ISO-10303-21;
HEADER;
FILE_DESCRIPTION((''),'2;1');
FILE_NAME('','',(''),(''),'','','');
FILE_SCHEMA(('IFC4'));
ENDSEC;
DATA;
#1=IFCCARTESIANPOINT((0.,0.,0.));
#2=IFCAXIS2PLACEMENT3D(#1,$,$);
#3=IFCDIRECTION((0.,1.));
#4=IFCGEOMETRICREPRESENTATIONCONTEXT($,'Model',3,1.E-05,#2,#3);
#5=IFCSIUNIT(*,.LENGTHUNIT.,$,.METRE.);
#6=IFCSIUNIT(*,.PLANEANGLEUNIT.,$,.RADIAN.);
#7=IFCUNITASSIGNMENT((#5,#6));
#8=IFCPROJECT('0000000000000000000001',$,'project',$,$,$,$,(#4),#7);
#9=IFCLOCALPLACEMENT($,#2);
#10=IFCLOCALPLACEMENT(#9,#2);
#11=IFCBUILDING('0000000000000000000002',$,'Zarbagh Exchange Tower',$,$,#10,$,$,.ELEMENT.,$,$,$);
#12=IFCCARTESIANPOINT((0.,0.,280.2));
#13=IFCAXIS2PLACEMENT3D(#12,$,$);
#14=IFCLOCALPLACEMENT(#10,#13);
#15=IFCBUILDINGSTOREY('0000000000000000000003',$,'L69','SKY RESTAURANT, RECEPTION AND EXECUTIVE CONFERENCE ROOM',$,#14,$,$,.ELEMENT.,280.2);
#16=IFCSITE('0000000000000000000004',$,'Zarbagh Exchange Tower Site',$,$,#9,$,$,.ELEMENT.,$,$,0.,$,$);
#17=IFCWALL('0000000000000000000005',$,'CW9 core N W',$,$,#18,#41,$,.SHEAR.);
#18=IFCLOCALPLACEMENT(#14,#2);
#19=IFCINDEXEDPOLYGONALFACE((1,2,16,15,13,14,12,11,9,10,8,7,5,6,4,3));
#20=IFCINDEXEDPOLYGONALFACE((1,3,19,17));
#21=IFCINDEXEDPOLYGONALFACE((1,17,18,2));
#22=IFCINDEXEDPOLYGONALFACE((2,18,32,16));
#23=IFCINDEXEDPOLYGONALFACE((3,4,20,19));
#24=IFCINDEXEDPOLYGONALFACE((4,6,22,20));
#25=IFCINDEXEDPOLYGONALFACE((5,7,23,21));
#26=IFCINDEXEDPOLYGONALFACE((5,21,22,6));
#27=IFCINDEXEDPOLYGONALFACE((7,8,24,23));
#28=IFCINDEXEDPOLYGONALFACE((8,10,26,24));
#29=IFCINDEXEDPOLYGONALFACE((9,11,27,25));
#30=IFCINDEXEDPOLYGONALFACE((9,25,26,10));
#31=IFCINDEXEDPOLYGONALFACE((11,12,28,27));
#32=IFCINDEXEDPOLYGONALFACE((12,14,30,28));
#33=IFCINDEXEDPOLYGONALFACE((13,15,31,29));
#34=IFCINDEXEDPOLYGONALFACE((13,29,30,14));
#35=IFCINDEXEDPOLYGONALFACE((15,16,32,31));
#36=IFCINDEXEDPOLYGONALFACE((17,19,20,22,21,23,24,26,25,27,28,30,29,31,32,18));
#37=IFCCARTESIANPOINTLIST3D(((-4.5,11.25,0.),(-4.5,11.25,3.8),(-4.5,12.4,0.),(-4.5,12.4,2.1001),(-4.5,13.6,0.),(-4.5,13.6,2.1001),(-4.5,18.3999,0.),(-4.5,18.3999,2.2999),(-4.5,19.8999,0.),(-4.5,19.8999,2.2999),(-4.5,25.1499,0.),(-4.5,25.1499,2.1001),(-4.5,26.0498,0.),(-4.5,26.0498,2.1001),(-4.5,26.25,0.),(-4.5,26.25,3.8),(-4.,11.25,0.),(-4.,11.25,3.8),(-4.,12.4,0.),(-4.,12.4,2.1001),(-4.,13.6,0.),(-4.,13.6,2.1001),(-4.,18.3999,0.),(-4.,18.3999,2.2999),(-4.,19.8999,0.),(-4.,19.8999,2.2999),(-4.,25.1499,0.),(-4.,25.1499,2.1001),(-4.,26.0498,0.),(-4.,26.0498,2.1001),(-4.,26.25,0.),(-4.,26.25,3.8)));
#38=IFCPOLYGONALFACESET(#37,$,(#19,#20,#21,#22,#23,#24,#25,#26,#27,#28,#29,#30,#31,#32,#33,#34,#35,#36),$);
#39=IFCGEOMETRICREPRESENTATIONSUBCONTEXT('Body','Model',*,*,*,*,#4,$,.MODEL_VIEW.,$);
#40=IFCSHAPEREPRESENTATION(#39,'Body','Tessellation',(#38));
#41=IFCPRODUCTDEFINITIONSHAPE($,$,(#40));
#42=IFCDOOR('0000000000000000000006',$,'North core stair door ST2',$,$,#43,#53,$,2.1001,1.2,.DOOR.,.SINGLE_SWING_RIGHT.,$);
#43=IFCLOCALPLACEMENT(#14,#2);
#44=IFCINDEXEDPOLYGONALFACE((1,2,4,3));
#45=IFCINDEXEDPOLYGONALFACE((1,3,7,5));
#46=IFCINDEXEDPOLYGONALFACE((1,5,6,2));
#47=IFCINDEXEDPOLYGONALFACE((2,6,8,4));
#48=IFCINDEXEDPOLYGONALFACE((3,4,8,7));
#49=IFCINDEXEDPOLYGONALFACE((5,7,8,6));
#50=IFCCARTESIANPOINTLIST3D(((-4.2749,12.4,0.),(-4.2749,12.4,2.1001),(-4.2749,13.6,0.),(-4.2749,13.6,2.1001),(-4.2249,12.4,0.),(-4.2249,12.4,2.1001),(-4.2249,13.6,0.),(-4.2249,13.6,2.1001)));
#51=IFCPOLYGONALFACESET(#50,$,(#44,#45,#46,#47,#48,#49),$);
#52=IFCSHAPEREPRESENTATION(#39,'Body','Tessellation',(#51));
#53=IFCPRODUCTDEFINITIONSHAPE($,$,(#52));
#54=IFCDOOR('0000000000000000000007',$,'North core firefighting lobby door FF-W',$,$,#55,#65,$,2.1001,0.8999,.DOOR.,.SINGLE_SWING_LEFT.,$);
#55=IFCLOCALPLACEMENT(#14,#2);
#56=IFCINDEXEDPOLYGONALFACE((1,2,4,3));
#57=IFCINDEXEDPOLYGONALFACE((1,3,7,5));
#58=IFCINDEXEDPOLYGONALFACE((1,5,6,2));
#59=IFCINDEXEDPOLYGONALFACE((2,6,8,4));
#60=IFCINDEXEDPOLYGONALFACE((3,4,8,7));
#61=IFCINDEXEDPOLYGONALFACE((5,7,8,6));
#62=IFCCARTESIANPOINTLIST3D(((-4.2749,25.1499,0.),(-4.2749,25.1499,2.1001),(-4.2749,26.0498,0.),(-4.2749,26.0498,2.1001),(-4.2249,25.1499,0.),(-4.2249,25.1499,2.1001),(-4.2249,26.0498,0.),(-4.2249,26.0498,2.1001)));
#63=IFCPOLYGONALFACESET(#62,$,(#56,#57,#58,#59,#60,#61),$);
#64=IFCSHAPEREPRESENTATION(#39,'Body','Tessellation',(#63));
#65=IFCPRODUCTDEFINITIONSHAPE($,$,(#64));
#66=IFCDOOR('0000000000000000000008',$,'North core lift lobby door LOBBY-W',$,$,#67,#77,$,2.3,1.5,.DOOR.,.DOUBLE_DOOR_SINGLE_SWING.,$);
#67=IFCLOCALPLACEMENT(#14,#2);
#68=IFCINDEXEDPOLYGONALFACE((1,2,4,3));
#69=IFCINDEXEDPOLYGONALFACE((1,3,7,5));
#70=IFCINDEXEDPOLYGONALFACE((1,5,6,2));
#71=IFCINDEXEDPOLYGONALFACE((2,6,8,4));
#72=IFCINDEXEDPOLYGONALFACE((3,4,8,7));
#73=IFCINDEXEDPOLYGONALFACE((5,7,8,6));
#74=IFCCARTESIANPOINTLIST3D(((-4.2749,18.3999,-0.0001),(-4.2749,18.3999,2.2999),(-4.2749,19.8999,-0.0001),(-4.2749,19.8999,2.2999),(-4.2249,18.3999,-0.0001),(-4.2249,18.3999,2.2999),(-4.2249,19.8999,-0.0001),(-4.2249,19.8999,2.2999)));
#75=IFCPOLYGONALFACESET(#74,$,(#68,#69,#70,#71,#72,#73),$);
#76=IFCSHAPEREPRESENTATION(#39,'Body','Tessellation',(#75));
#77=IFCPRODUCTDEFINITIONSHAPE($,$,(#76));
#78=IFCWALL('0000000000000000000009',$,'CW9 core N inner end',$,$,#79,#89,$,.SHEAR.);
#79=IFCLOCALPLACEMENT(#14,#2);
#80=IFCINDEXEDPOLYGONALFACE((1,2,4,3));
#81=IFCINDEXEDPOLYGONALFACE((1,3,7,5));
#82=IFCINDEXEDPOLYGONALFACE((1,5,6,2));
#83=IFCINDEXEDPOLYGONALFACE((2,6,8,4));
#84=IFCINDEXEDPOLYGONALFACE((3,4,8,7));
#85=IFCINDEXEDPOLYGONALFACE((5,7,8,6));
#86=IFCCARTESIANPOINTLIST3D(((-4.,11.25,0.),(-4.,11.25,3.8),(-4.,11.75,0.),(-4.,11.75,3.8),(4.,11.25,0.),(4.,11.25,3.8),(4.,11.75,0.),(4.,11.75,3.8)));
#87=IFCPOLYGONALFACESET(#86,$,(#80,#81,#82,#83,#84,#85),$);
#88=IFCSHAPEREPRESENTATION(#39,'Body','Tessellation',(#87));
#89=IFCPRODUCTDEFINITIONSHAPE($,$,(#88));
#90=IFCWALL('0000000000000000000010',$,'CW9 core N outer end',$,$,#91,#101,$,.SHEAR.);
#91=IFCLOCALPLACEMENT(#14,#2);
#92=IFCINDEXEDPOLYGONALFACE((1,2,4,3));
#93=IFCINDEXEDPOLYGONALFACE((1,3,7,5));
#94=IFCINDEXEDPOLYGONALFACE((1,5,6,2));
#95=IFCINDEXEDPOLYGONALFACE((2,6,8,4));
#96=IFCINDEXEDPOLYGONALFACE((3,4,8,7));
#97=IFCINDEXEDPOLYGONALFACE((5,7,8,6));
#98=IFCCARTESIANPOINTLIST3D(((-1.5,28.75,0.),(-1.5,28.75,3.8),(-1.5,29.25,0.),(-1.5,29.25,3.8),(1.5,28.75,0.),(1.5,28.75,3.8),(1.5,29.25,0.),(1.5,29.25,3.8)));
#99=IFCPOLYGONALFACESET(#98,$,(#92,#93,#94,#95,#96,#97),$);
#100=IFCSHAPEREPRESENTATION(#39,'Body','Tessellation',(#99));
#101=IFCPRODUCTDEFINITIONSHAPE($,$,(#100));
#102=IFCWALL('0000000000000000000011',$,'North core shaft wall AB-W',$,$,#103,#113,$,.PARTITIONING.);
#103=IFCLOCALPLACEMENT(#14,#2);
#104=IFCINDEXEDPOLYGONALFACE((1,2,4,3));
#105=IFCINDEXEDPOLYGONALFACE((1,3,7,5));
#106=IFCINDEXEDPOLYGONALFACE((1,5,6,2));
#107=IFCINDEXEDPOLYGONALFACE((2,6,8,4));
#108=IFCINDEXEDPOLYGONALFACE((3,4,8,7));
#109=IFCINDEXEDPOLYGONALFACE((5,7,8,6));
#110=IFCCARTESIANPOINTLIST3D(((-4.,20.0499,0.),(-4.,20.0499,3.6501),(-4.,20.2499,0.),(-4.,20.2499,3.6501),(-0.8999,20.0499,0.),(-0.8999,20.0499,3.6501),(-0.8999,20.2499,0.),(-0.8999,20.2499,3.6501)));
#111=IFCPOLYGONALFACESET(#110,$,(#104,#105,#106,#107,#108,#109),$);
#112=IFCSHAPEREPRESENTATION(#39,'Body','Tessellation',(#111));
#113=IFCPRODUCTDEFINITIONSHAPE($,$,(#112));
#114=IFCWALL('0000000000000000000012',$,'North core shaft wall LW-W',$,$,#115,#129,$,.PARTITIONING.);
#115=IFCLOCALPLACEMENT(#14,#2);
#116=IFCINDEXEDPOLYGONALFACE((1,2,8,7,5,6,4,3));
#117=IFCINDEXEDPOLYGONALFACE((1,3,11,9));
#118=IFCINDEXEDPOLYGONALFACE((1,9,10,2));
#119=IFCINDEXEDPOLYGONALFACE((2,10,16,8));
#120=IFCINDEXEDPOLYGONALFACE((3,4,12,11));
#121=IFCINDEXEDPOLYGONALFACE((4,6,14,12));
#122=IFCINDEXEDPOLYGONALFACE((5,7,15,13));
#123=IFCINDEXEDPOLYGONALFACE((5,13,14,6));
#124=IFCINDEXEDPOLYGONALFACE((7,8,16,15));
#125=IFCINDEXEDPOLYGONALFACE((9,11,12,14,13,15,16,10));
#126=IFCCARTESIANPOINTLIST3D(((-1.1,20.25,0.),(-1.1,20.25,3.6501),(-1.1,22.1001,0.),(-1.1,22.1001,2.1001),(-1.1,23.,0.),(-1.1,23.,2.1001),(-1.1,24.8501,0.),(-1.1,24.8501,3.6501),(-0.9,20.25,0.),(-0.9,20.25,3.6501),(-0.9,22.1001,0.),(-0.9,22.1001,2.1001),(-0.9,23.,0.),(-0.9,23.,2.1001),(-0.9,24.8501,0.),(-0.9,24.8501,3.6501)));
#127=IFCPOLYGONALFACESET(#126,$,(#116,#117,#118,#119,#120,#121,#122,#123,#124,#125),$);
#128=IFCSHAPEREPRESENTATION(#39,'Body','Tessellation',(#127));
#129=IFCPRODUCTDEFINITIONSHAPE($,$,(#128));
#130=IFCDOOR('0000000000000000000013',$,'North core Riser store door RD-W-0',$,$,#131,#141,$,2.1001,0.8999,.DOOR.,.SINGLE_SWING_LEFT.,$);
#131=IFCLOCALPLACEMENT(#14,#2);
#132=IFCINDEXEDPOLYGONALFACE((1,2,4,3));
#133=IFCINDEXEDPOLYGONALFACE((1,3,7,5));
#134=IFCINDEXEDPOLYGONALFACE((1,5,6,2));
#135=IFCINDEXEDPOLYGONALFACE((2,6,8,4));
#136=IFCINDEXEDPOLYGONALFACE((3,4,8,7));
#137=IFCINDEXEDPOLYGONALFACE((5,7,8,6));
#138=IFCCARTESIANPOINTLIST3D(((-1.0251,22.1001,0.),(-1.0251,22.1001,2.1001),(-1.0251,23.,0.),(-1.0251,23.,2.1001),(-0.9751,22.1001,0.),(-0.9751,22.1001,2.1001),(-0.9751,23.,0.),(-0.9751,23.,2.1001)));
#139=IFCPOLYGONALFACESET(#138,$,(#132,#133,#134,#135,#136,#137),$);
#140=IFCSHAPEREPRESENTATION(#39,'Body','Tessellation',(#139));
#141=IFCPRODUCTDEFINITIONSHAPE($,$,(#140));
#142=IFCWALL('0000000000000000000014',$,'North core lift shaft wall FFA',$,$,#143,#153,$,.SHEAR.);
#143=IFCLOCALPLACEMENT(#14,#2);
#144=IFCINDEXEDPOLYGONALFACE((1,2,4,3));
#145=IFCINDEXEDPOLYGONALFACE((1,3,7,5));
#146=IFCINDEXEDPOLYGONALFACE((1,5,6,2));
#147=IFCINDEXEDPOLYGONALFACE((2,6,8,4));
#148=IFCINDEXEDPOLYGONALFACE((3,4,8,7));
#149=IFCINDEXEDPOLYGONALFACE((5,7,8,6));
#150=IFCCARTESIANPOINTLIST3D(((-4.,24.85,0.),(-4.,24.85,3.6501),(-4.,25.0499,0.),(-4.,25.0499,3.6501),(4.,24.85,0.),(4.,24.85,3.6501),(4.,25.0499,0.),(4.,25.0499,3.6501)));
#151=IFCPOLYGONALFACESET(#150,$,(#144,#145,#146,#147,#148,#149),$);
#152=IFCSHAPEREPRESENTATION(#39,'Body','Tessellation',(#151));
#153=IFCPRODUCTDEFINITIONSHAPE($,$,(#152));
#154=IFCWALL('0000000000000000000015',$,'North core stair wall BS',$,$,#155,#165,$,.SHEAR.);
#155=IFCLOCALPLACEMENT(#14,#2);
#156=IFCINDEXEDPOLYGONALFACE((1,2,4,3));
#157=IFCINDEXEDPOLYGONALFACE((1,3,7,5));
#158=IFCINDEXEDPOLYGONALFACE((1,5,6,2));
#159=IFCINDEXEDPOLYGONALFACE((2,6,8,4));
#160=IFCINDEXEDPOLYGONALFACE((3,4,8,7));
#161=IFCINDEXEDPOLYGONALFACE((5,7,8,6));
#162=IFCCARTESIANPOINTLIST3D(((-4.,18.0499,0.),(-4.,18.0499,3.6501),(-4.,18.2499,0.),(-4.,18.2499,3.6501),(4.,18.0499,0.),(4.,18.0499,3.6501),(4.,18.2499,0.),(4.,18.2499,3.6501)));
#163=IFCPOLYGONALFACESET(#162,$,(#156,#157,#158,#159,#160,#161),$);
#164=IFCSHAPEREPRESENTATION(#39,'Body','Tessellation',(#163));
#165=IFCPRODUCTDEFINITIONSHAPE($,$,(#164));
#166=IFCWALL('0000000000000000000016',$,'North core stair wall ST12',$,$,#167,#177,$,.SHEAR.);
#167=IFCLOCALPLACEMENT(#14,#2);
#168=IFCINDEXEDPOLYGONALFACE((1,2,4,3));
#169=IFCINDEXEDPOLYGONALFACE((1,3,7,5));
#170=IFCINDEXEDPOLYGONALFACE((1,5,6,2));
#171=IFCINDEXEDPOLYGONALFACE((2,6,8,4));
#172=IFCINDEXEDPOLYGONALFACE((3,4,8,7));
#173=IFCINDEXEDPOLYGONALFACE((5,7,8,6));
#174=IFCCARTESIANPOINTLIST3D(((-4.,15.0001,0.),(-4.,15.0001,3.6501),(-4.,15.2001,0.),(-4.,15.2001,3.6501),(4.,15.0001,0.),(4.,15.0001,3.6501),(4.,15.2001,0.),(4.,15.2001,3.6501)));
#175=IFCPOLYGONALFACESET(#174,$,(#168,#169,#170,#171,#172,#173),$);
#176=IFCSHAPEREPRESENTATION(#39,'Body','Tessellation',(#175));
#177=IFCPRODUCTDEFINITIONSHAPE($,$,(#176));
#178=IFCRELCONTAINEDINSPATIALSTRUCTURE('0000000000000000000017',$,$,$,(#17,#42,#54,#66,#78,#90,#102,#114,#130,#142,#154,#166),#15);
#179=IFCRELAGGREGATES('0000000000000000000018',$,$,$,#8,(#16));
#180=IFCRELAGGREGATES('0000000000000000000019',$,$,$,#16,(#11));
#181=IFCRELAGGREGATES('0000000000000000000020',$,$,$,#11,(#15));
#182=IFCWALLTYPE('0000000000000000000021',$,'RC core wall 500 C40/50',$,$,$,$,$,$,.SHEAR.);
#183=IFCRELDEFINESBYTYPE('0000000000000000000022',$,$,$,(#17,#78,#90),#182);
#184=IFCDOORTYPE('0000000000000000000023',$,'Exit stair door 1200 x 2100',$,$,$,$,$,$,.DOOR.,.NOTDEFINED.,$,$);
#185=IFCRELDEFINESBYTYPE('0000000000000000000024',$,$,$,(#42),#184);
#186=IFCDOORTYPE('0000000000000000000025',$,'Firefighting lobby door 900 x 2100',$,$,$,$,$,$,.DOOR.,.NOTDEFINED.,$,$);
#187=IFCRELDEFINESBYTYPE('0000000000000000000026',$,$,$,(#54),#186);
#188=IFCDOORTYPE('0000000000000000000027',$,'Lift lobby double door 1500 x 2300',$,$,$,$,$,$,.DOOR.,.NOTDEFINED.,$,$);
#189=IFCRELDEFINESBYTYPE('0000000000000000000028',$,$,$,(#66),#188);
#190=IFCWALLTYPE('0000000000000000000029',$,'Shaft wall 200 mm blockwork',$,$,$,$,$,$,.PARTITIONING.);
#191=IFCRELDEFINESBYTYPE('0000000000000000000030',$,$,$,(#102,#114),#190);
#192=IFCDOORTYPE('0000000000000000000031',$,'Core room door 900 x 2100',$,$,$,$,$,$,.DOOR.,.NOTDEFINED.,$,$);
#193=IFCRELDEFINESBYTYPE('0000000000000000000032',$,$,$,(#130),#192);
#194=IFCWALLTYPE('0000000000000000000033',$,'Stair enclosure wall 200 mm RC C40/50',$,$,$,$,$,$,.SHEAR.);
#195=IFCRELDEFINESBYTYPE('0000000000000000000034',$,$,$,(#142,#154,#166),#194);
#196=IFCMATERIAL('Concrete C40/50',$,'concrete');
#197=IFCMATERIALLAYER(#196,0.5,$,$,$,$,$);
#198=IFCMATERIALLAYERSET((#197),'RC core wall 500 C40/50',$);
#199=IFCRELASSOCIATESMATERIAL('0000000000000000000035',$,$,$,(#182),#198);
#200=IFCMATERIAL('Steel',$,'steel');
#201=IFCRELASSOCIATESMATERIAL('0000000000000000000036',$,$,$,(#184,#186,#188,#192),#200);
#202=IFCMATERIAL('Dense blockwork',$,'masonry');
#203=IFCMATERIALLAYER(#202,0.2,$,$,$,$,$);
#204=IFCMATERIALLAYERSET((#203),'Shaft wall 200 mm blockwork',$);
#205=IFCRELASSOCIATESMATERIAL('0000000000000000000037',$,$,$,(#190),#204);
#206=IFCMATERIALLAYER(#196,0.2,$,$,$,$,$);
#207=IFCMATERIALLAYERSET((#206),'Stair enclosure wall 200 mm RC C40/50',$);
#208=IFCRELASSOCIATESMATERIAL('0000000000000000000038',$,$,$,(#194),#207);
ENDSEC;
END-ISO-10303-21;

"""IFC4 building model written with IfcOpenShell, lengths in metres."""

from ifc_helpers import new_model, si_unit, direction, frame, frame_2d, origin, place, context, subcontext, project, spatial, rectangle, extrude, material, layer, layer_set, type_object, element, fill, save


model = new_model("IFC4")

# Units and contexts
model_context = context("Model", 3, precision=1e-05, world=origin(), true_north=direction((0.0, 1.0)))
body_context = subcontext(model_context, "Body", "Model", "MODEL_VIEW")
ifc_project = project(units=[si_unit("LENGTHUNIT", "METRE"), si_unit("PLANEANGLEUNIT", "RADIAN")], contexts=[model_context])

# Site, building, storey
site_placement = place(None, origin())
site = spatial("IfcSite", under=ifc_project, at=site_placement, Name="Zarbagh Exchange Tower Site", CompositionType="ELEMENT", RefElevation=0.0)
building_placement = place(site_placement, origin())
building = spatial("IfcBuilding", under=site, at=building_placement, Name="Zarbagh Exchange Tower", CompositionType="ELEMENT")
storey_placement = place(building_placement, frame((0.0, 0.0, 280.2)))
storey = spatial("IfcBuildingStorey", under=building, at=storey_placement, Name="L69", Description="SKY RESTAURANT, RECEPTION AND EXECUTIVE CONFERENCE ROOM", CompositionType="ELEMENT", Elevation=280.2)

# Shared definitions
ifc_material_1 = material(Name="Concrete C40/50", Category="concrete")

# Wall, openings, doors
ifc_layer_1 = layer(ifc_material_1, 0.5)
ifc_layer_set_1 = layer_set([ifc_layer_1], Name="RC core wall 500 C40/50")
wall_type_1 = type_object("IfcWallType", Name="RC core wall 500 C40/50", PredefinedType="SHEAR", material=ifc_layer_set_1)
wall_1_placement = place(storey_placement, frame((-4.25, 11.25, 0.0), z_axis=(0.0, 0.0, 1.0), x_axis=(0.0, 1.0, 0.0)))
wall_1 = element("IfcWall", 1, at=wall_1_placement, inside=storey, type_object=wall_type_1, Name="CW9 core N W", PredefinedType="SHEAR", context=body_context, shape_type="SweptSolid", body=[
    extrude(rectangle(XDim=15.0, YDim=0.5, at=frame_2d((7.5, 0.0))), origin(), (0.0, 0.0, 1.0), 3.8),
])
opening_1_placement = place(wall_1_placement, frame((7.1499, 0.0, 0.0)))
opening_1 = element("IfcOpeningElement", 2, at=opening_1_placement, cuts=wall_1, PredefinedType="OPENING", context=body_context, shape_type="SweptSolid", body=[
    extrude(rectangle(XDim=1.5, YDim=2.3, at=frame_2d((0.75, 1.1499))), frame((0.0, 0.26, 0.0), z_axis=(0.0, -1.0, 0.0), x_axis=(1.0, 0.0, 0.0)), (0.0, 0.0, 1.0), 0.52),
])
opening_2_placement = place(wall_1_placement, frame((13.8999, 0.0, 0.0)))
opening_2 = element("IfcOpeningElement", 3, at=opening_2_placement, cuts=wall_1, PredefinedType="OPENING", context=body_context, shape_type="SweptSolid", body=[
    extrude(rectangle(XDim=0.8999, YDim=2.1001, at=frame_2d((0.45, 1.05))), frame((0.0, 0.26, 0.0), z_axis=(0.0, -1.0, 0.0), x_axis=(1.0, 0.0, 0.0)), (0.0, 0.0, 1.0), 0.52),
])
opening_3_placement = place(wall_1_placement, frame((1.1499, 0.0, 0.0)))
opening_3 = element("IfcOpeningElement", 4, at=opening_3_placement, cuts=wall_1, PredefinedType="OPENING", context=body_context, shape_type="SweptSolid", body=[
    extrude(rectangle(XDim=1.2, YDim=2.1001, at=frame_2d((0.6001, 1.05))), frame((0.0, 0.26, 0.0), z_axis=(0.0, -1.0, 0.0), x_axis=(1.0, 0.0, 0.0)), (0.0, 0.0, 1.0), 0.52),
])
ifc_material_2 = material(Name="Steel", Category="steel")
door_type_1 = type_object("IfcDoorType", Name="Exit stair door 1200 x 2100", OperationType="NOTDEFINED", PredefinedType="DOOR", material=ifc_material_2)
door_1_placement = place(opening_3_placement, origin())
door_1 = element("IfcDoor", 5, at=door_1_placement, inside=storey, type_object=door_type_1, Name="North core stair door ST2", OperationType="SINGLE_SWING_RIGHT", OverallHeight=2.1001, OverallWidth=1.2, PredefinedType="DOOR", context=body_context, shape_type="SweptSolid", body=[
    extrude(rectangle(XDim=1.2, YDim=2.1001, at=frame_2d((0.6001, 1.05))), frame((0.0, 0.0249, 0.0), z_axis=(0.0, -1.0, 0.0), x_axis=(1.0, 0.0, 0.0)), (0.0, 0.0, 1.0), 0.05),
])
fill(opening_3, door_1)
door_type_2 = type_object("IfcDoorType", Name="Firefighting lobby door 900 x 2100", OperationType="NOTDEFINED", PredefinedType="DOOR", material=ifc_material_2)
door_2_placement = place(opening_2_placement, origin())
door_2 = element("IfcDoor", 6, at=door_2_placement, inside=storey, type_object=door_type_2, Name="North core firefighting lobby door FF-W", OperationType="SINGLE_SWING_LEFT", OverallHeight=2.1001, OverallWidth=0.8999, PredefinedType="DOOR", context=body_context, shape_type="SweptSolid", body=[
    extrude(rectangle(XDim=0.8999, YDim=2.1001, at=frame_2d((0.45, 1.05))), frame((0.0, 0.0249, 0.0), z_axis=(0.0, -1.0, 0.0), x_axis=(1.0, 0.0, 0.0)), (0.0, 0.0, 1.0), 0.05),
])
fill(opening_2, door_2)
door_type_3 = type_object("IfcDoorType", Name="Lift lobby double door 1500 x 2300", OperationType="NOTDEFINED", PredefinedType="DOOR", material=ifc_material_2)
door_3_placement = place(opening_1_placement, origin())
door_3 = element("IfcDoor", 7, at=door_3_placement, inside=storey, type_object=door_type_3, Name="North core lift lobby door LOBBY-W", OperationType="DOUBLE_DOOR_SINGLE_SWING", OverallHeight=2.3, OverallWidth=1.5, PredefinedType="DOOR", context=body_context, shape_type="SweptSolid", body=[
    extrude(rectangle(XDim=1.5, YDim=2.3, at=frame_2d((0.75, 1.1499))), frame((0.0, 0.0249, 0.0), z_axis=(0.0, -1.0, 0.0), x_axis=(1.0, 0.0, 0.0)), (0.0, 0.0, 1.0), 0.05),
])
fill(opening_1, door_3)

# Walls
wall_2_placement = place(storey_placement, frame((-4.0, 11.5, 0.0), z_axis=(0.0, 0.0, 1.0), x_axis=(1.0, 0.0, 0.0)))
element("IfcWall", 8, at=wall_2_placement, inside=storey, type_object=wall_type_1, Name="CW9 core N inner end", PredefinedType="SHEAR", context=body_context, shape_type="SweptSolid", body=[
    extrude(rectangle(XDim=8.0, YDim=0.5, at=frame_2d((4.0, 0.0))), origin(), (0.0, 0.0, 1.0), 3.8),
])
wall_3_placement = place(storey_placement, frame((-1.5, 29.0, 0.0), z_axis=(0.0, 0.0, 1.0), x_axis=(1.0, 0.0, 0.0)))
element("IfcWall", 9, at=wall_3_placement, inside=storey, type_object=wall_type_1, Name="CW9 core N outer end", PredefinedType="SHEAR", context=body_context, shape_type="SweptSolid", body=[
    extrude(rectangle(XDim=3.0, YDim=0.5, at=frame_2d((1.5, 0.0))), origin(), (0.0, 0.0, 1.0), 3.8),
])
ifc_material_3 = material(Name="Dense blockwork", Category="masonry")
ifc_layer_2 = layer(ifc_material_3, 0.2)
ifc_layer_set_2 = layer_set([ifc_layer_2], Name="Shaft wall 200 mm blockwork")
wall_type_2 = type_object("IfcWallType", Name="Shaft wall 200 mm blockwork", PredefinedType="PARTITIONING", material=ifc_layer_set_2)
wall_4_placement = place(storey_placement, frame((-4.0, 20.1499, 0.0), z_axis=(0.0, 0.0, 1.0), x_axis=(1.0, 0.0, 0.0)))
element("IfcWall", 10, at=wall_4_placement, inside=storey, type_object=wall_type_2, Name="North core shaft wall AB-W", PredefinedType="PARTITIONING", context=body_context, shape_type="SweptSolid", body=[
    extrude(rectangle(XDim=3.1001, YDim=0.2, at=frame_2d((1.55, 0.0))), origin(), (0.0, 0.0, 1.0), 3.6501),
])

# Wall, opening, door
wall_5_placement = place(storey_placement, frame((-1.0, 24.8501, 0.0), z_axis=(0.0, 0.0, 1.0), x_axis=(0.0, -1.0, 0.0)))
wall_5 = element("IfcWall", 11, at=wall_5_placement, inside=storey, type_object=wall_type_2, Name="North core shaft wall LW-W", PredefinedType="PARTITIONING", context=body_context, shape_type="SweptSolid", body=[
    extrude(rectangle(XDim=4.6001, YDim=0.2, at=frame_2d((2.3, 0.0))), origin(), (0.0, 0.0, 1.0), 3.6501),
])
opening_4_placement = place(wall_5_placement, frame((1.8501, 0.0, 0.0)))
opening_4 = element("IfcOpeningElement", 12, at=opening_4_placement, cuts=wall_5, PredefinedType="OPENING", context=body_context, shape_type="SweptSolid", body=[
    extrude(rectangle(XDim=0.8999, YDim=2.1001, at=frame_2d((0.45, 1.05))), frame((0.0, 0.1099, 0.0), z_axis=(0.0, -1.0, 0.0), x_axis=(1.0, 0.0, 0.0)), (0.0, 0.0, 1.0), 0.22),
])
door_type_4 = type_object("IfcDoorType", Name="Core room door 900 x 2100", OperationType="NOTDEFINED", PredefinedType="DOOR", material=ifc_material_2)
door_4_placement = place(opening_4_placement, origin())
door_4 = element("IfcDoor", 13, at=door_4_placement, inside=storey, type_object=door_type_4, Name="North core Riser store door RD-W-0", OperationType="SINGLE_SWING_LEFT", OverallHeight=2.1001, OverallWidth=0.8999, PredefinedType="DOOR", context=body_context, shape_type="SweptSolid", body=[
    extrude(rectangle(XDim=0.8999, YDim=2.1001, at=frame_2d((0.45, 1.05))), frame((0.0, 0.0249, 0.0), z_axis=(0.0, -1.0, 0.0), x_axis=(1.0, 0.0, 0.0)), (0.0, 0.0, 1.0), 0.05),
])
fill(opening_4, door_4)

# Walls
ifc_layer_3 = layer(ifc_material_1, 0.2)
ifc_layer_set_3 = layer_set([ifc_layer_3], Name="Stair enclosure wall 200 mm RC C40/50")
wall_type_3 = type_object("IfcWallType", Name="Stair enclosure wall 200 mm RC C40/50", PredefinedType="SHEAR", material=ifc_layer_set_3)
for number, where, z_axis, x_axis, name in (
    (14, (-4.0, 24.95, 0.0), (0.0, 0.0, 1.0), (1.0, 0.0, 0.0), "North core lift shaft wall FFA"),
    (15, (-4.0, 18.1499, 0.0), (0.0, 0.0, 1.0), (1.0, 0.0, 0.0), "North core stair wall BS"),
    (16, (-4.0, 15.1001, 0.0), (0.0, 0.0, 1.0), (1.0, 0.0, 0.0), "North core stair wall ST12"),
):
    element("IfcWall", number, at=place(storey_placement, frame(where, z_axis=z_axis, x_axis=x_axis)), inside=storey, type_object=wall_type_3, Name=name, PredefinedType="SHEAR", context=body_context, shape_type="SweptSolid", body=[
        extrude(rectangle(XDim=8.0, YDim=0.2, at=frame_2d((4.0, 0.0))), origin(), (0.0, 0.0, 1.0), 3.6501),
    ])

save(model, "model.ifc")
